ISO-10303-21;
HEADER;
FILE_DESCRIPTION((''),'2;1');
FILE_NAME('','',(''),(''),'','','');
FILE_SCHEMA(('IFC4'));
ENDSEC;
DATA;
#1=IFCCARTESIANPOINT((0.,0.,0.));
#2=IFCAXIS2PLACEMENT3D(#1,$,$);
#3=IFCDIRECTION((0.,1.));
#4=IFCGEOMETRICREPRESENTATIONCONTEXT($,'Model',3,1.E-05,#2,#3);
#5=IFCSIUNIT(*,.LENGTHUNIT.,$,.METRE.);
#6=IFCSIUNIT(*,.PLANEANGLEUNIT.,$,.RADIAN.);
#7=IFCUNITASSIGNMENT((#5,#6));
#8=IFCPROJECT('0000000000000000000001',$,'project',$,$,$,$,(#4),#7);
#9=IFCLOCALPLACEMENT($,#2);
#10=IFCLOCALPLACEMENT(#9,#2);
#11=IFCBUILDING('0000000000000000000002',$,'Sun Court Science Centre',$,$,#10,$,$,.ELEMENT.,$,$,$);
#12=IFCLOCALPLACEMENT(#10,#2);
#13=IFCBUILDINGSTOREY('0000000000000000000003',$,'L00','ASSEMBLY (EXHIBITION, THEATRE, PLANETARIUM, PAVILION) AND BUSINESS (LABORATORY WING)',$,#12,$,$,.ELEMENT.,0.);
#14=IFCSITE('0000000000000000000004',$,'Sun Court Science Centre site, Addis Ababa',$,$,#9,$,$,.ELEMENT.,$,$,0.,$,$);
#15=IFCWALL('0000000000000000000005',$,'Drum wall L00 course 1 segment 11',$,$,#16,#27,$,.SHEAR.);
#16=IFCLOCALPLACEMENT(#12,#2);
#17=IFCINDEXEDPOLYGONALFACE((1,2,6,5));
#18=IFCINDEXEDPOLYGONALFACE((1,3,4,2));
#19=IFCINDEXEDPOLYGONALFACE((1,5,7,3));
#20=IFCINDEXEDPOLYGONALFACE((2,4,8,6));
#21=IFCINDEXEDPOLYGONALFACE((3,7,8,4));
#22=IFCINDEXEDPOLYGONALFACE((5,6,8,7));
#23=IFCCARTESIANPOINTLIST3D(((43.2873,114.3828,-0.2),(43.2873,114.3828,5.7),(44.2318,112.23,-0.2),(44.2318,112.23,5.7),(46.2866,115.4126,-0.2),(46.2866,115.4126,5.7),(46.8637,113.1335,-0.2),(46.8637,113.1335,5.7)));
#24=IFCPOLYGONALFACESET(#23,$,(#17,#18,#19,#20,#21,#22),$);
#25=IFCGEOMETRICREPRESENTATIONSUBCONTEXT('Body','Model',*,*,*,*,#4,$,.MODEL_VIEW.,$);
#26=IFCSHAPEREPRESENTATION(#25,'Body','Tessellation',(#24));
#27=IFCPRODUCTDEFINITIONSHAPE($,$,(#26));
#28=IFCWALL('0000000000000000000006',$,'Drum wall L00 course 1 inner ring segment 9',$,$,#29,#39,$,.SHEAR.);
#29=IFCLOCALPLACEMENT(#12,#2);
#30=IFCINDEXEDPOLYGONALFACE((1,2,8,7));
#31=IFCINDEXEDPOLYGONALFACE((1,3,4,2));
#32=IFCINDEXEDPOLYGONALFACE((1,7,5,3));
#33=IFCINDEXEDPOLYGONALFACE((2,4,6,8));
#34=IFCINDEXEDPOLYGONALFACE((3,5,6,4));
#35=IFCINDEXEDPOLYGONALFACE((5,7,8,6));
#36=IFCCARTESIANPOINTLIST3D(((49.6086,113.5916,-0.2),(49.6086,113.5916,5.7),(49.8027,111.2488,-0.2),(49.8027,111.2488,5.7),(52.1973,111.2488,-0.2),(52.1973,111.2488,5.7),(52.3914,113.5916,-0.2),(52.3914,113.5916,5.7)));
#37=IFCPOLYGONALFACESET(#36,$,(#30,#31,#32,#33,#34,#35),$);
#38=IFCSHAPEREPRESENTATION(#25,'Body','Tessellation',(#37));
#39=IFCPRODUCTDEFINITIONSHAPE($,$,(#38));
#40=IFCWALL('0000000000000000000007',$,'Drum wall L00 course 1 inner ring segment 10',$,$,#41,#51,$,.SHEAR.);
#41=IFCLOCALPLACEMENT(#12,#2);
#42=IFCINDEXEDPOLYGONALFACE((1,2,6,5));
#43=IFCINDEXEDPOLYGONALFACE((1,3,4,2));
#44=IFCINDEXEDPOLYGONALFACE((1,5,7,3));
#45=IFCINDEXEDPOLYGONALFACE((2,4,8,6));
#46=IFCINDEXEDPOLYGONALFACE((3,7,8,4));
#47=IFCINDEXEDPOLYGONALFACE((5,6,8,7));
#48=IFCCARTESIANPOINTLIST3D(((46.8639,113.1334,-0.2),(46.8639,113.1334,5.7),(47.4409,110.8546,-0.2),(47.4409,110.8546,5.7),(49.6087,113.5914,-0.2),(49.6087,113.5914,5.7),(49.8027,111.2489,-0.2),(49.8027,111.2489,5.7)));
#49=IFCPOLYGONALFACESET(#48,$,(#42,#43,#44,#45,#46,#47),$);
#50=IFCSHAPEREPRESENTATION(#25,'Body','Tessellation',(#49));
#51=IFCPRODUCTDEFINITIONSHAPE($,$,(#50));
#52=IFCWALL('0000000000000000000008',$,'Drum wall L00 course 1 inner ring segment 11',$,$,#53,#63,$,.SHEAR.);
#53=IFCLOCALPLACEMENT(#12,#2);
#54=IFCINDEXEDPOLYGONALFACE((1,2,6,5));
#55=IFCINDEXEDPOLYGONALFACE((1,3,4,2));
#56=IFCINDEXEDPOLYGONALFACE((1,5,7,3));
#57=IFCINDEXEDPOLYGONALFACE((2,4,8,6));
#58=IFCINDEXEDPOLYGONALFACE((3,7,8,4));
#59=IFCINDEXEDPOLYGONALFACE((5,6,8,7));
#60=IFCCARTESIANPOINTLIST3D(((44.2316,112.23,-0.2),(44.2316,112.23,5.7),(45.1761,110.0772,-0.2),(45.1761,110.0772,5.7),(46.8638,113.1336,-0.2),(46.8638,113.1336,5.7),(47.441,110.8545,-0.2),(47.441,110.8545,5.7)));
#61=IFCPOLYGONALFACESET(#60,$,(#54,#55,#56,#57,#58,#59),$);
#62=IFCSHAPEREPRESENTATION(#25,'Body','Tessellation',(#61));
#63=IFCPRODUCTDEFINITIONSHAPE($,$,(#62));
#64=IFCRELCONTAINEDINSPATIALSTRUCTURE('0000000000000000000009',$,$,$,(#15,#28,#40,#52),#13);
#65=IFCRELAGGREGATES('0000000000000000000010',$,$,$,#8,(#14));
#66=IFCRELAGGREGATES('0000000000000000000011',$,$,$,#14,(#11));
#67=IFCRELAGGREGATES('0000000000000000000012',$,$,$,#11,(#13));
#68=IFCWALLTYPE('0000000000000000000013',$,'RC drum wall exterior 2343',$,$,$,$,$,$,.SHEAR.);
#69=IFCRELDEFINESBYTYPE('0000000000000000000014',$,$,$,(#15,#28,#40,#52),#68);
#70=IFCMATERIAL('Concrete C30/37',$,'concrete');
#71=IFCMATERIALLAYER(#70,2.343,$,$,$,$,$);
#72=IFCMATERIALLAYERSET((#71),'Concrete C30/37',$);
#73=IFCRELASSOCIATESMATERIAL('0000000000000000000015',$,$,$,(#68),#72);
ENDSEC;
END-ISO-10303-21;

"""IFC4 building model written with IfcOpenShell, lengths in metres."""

from ifc_helpers import new_model, si_unit, direction, frame, origin, place, context, subcontext, project, spatial, polyline, outline, extrude, material, layer, layer_set, type_object, element, save


model = new_model("IFC4")

# Units and contexts
model_context = context("Model", 3, precision=1e-05, world=origin(), true_north=direction((0.0, 1.0)))
body_context = subcontext(model_context, "Body", "Model", "MODEL_VIEW")
ifc_project = project(units=[si_unit("LENGTHUNIT", "METRE"), si_unit("PLANEANGLEUNIT", "RADIAN")], contexts=[model_context])

# Site, building, storey
site_placement = place(None, origin())
site = spatial("IfcSite", under=ifc_project, at=site_placement, Name="Sun Court Science Centre site, Addis Ababa", CompositionType="ELEMENT", RefElevation=0.0)
building_placement = place(site_placement, origin())
building = spatial("IfcBuilding", under=site, at=building_placement, Name="Sun Court Science Centre", CompositionType="ELEMENT")
storey_placement = place(building_placement, origin())
storey = spatial("IfcBuildingStorey", under=building, at=storey_placement, Name="L00", Description="ASSEMBLY (EXHIBITION, THEATRE, PLANETARIUM, PAVILION) AND BUSINESS (LABORATORY WING)", CompositionType="ELEMENT", Elevation=0.0)

# Walls
ifc_material_1 = material(Name="Concrete C30/37", Category="concrete")
ifc_layer_1 = layer(ifc_material_1, 2.343)
ifc_layer_set_1 = layer_set([ifc_layer_1], Name="Concrete C30/37")
wall_type_1 = type_object("IfcWallType", Name="RC drum wall exterior 2343", PredefinedType="SHEAR", material=ifc_layer_set_1)
wall_1_placement = place(storey_placement, frame((46.667, 114.3044, -0.2), z_axis=(0.0, 0.0, 1.0), x_axis=(-0.945828, -0.324669, 0.0)))
element("IfcWall", 1, at=wall_1_placement, inside=storey, type_object=wall_type_1, Name="Drum wall L00 course 1 segment 11", PredefinedType="SHEAR", context=body_context, shape_type="SweptSolid", body=[
    extrude(outline(polyline([(0.0, -1.1716), (3.1711, -1.1714), (2.9768, 1.1714), (0.1941, 1.1714), (0.0, -1.1716)])), origin(), (0.0, 0.0, 1.0), 5.8999),
])
wall_2_placement = place(storey_placement, frame((52.3914, 112.4202, -0.2), z_axis=(0.0, 0.0, 1.0), x_axis=(-1.0, 0.0, 0.0)))
element("IfcWall", 2, at=wall_2_placement, inside=storey, type_object=wall_type_1, Name="Drum wall L00 course 1 inner ring segment 9", PredefinedType="SHEAR", context=body_context, shape_type="SweptSolid", body=[
    extrude(outline(polyline([(0.0, -1.1714), (2.7827, -1.1714), (2.5886, 1.1714), (0.1941, 1.1714), (0.0, -1.1714)])), origin(), (0.0, 0.0, 1.0), 5.8999),
])
wall_3_placement = place(storey_placement, frame((49.8015, 112.4363, -0.2), z_axis=(0.0, 0.0, 1.0), x_axis=(-0.986349, -0.164669, 0.0)))
element("IfcWall", 3, at=wall_3_placement, inside=storey, type_object=wall_type_1, Name="Drum wall L00 course 1 inner ring segment 10", PredefinedType="SHEAR", context=body_context, shape_type="SweptSolid", body=[
    extrude(outline(polyline([(0.0, -1.1711), (2.7827, -1.1714), (2.5889, 1.1714), (0.1943, 1.1714), (0.0, -1.1711)])), origin(), (0.0, 0.0, 1.0), 5.8999),
])
wall_4_placement = place(storey_placement, frame((47.2441, 112.0256, -0.2), z_axis=(0.0, 0.0, 1.0), x_axis=(-0.945821, -0.32469, 0.0)))
element("IfcWall", 4, at=wall_4_placement, inside=storey, type_object=wall_type_1, Name="Drum wall L00 course 1 inner ring segment 11", PredefinedType="SHEAR", context=body_context, shape_type="SweptSolid", body=[
    extrude(outline(polyline([(0.0, -1.1714), (2.783, -1.1714), (2.5886, 1.1714), (0.1941, 1.1716), (0.0, -1.1714)])), origin(), (0.0, 0.0, 1.0), 5.8999),
])

save(model, "model.ifc")
